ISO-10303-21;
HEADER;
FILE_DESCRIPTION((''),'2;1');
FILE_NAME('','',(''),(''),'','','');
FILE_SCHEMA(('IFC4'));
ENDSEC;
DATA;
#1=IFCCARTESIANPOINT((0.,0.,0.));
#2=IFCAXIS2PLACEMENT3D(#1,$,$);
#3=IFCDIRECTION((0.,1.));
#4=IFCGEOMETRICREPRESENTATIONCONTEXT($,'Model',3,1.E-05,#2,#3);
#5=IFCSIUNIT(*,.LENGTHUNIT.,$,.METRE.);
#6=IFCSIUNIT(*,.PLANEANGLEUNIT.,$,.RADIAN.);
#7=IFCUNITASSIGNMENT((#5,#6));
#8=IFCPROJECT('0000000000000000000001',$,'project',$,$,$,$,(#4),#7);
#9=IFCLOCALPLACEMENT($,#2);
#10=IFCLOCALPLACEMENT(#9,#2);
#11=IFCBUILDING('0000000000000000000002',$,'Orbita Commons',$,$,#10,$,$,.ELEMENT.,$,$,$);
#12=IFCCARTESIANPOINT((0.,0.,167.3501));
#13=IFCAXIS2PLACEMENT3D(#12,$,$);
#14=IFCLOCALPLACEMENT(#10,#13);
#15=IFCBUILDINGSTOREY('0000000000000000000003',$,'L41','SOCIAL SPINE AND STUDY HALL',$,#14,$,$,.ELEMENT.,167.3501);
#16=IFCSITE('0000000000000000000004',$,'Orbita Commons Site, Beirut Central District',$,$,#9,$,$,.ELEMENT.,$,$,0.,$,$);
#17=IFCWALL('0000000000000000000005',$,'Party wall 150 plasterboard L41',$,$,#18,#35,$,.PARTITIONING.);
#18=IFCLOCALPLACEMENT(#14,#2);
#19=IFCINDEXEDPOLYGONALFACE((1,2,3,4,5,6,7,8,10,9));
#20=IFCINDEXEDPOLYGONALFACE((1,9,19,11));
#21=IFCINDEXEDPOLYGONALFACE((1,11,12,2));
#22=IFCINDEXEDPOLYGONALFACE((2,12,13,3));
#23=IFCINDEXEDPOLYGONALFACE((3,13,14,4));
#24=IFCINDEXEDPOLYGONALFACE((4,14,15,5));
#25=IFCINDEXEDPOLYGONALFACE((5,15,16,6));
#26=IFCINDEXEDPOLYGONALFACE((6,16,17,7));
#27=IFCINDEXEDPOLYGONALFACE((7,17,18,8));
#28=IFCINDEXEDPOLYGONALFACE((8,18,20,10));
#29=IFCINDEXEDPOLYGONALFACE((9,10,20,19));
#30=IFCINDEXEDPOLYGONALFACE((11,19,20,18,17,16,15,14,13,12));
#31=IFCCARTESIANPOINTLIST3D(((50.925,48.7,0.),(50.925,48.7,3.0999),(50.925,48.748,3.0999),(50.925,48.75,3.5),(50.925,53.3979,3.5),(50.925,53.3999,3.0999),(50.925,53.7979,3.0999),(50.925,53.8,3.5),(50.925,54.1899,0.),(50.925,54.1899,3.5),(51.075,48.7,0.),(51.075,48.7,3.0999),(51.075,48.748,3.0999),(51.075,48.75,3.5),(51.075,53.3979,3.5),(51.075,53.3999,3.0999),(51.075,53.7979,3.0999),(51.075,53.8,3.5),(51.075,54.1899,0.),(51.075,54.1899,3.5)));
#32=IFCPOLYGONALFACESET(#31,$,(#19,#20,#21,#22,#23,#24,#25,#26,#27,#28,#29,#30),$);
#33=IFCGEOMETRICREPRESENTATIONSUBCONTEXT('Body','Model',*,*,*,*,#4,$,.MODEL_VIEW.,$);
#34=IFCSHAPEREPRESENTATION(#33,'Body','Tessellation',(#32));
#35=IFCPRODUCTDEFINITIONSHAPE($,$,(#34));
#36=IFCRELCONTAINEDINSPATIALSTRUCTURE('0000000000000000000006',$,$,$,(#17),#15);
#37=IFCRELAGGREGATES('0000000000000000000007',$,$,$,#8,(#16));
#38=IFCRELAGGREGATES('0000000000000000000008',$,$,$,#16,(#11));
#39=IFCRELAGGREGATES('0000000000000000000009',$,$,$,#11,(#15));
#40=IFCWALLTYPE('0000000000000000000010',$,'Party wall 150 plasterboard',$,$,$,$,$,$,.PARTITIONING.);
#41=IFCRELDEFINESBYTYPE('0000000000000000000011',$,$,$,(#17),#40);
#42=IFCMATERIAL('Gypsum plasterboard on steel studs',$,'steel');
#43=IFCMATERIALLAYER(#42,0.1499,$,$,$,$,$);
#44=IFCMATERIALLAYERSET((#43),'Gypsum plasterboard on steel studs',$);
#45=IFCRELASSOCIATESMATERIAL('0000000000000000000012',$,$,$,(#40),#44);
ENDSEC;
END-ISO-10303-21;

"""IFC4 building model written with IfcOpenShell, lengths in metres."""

from ifc_helpers import new_model, si_unit, direction, frame, origin, place, context, subcontext, project, spatial, polyline, outline, extrude, material, layer, layer_set, type_object, element, save


model = new_model("IFC4")

# Units and contexts
model_context = context("Model", 3, precision=1e-05, world=origin(), true_north=direction((0.0, 1.0)))
body_context = subcontext(model_context, "Body", "Model", "MODEL_VIEW")
ifc_project = project(units=[si_unit("LENGTHUNIT", "METRE"), si_unit("PLANEANGLEUNIT", "RADIAN")], contexts=[model_context])

# Site, building, storey
site_placement = place(None, origin())
site = spatial("IfcSite", under=ifc_project, at=site_placement, Name="Orbita Commons Site, Beirut Central District", CompositionType="ELEMENT", RefElevation=0.0)
building_placement = place(site_placement, origin())
building = spatial("IfcBuilding", under=site, at=building_placement, Name="Orbita Commons", CompositionType="ELEMENT")
storey_placement = place(building_placement, frame((0.0, 0.0, 167.3501)))
storey = spatial("IfcBuildingStorey", under=building, at=storey_placement, Name="L41", Description="SOCIAL SPINE AND STUDY HALL", CompositionType="ELEMENT", Elevation=167.3501)

# Wall
ifc_material_1 = material(Name="Gypsum plasterboard on steel studs", Category="steel")
ifc_layer_1 = layer(ifc_material_1, 0.1499)
ifc_layer_set_1 = layer_set([ifc_layer_1], Name="Gypsum plasterboard on steel studs")
wall_type_1 = type_object("IfcWallType", Name="Party wall 150 plasterboard", PredefinedType="PARTITIONING", material=ifc_layer_set_1)
wall_1_placement = place(storey_placement, frame((51.0, 54.1899, 0.0), z_axis=(0.0, 0.0, 1.0), x_axis=(0.0, -1.0, 0.0)))
element("IfcWall", 1, at=wall_1_placement, inside=storey, type_object=wall_type_1, Name="Party wall 150 plasterboard L41", PredefinedType="PARTITIONING", context=body_context, shape_type="SweptSolid", body=[
    extrude(outline(polyline([(0.0, 0.0), (5.49, 0.0), (5.49, 3.0999), (5.4419, 3.0999), (5.4399, 3.5), (0.792, 3.5), (0.79, 3.0999), (0.3921, 3.0999), (0.3899, 3.5), (0.0, 3.5), (0.0, 0.0)])), frame((0.0, 0.075, 0.0), z_axis=(0.0, -1.0, 0.0), x_axis=(1.0, 0.0, 0.0)), (0.0, 0.0, 1.0), 0.1499),
])

save(model, "model.ifc")
